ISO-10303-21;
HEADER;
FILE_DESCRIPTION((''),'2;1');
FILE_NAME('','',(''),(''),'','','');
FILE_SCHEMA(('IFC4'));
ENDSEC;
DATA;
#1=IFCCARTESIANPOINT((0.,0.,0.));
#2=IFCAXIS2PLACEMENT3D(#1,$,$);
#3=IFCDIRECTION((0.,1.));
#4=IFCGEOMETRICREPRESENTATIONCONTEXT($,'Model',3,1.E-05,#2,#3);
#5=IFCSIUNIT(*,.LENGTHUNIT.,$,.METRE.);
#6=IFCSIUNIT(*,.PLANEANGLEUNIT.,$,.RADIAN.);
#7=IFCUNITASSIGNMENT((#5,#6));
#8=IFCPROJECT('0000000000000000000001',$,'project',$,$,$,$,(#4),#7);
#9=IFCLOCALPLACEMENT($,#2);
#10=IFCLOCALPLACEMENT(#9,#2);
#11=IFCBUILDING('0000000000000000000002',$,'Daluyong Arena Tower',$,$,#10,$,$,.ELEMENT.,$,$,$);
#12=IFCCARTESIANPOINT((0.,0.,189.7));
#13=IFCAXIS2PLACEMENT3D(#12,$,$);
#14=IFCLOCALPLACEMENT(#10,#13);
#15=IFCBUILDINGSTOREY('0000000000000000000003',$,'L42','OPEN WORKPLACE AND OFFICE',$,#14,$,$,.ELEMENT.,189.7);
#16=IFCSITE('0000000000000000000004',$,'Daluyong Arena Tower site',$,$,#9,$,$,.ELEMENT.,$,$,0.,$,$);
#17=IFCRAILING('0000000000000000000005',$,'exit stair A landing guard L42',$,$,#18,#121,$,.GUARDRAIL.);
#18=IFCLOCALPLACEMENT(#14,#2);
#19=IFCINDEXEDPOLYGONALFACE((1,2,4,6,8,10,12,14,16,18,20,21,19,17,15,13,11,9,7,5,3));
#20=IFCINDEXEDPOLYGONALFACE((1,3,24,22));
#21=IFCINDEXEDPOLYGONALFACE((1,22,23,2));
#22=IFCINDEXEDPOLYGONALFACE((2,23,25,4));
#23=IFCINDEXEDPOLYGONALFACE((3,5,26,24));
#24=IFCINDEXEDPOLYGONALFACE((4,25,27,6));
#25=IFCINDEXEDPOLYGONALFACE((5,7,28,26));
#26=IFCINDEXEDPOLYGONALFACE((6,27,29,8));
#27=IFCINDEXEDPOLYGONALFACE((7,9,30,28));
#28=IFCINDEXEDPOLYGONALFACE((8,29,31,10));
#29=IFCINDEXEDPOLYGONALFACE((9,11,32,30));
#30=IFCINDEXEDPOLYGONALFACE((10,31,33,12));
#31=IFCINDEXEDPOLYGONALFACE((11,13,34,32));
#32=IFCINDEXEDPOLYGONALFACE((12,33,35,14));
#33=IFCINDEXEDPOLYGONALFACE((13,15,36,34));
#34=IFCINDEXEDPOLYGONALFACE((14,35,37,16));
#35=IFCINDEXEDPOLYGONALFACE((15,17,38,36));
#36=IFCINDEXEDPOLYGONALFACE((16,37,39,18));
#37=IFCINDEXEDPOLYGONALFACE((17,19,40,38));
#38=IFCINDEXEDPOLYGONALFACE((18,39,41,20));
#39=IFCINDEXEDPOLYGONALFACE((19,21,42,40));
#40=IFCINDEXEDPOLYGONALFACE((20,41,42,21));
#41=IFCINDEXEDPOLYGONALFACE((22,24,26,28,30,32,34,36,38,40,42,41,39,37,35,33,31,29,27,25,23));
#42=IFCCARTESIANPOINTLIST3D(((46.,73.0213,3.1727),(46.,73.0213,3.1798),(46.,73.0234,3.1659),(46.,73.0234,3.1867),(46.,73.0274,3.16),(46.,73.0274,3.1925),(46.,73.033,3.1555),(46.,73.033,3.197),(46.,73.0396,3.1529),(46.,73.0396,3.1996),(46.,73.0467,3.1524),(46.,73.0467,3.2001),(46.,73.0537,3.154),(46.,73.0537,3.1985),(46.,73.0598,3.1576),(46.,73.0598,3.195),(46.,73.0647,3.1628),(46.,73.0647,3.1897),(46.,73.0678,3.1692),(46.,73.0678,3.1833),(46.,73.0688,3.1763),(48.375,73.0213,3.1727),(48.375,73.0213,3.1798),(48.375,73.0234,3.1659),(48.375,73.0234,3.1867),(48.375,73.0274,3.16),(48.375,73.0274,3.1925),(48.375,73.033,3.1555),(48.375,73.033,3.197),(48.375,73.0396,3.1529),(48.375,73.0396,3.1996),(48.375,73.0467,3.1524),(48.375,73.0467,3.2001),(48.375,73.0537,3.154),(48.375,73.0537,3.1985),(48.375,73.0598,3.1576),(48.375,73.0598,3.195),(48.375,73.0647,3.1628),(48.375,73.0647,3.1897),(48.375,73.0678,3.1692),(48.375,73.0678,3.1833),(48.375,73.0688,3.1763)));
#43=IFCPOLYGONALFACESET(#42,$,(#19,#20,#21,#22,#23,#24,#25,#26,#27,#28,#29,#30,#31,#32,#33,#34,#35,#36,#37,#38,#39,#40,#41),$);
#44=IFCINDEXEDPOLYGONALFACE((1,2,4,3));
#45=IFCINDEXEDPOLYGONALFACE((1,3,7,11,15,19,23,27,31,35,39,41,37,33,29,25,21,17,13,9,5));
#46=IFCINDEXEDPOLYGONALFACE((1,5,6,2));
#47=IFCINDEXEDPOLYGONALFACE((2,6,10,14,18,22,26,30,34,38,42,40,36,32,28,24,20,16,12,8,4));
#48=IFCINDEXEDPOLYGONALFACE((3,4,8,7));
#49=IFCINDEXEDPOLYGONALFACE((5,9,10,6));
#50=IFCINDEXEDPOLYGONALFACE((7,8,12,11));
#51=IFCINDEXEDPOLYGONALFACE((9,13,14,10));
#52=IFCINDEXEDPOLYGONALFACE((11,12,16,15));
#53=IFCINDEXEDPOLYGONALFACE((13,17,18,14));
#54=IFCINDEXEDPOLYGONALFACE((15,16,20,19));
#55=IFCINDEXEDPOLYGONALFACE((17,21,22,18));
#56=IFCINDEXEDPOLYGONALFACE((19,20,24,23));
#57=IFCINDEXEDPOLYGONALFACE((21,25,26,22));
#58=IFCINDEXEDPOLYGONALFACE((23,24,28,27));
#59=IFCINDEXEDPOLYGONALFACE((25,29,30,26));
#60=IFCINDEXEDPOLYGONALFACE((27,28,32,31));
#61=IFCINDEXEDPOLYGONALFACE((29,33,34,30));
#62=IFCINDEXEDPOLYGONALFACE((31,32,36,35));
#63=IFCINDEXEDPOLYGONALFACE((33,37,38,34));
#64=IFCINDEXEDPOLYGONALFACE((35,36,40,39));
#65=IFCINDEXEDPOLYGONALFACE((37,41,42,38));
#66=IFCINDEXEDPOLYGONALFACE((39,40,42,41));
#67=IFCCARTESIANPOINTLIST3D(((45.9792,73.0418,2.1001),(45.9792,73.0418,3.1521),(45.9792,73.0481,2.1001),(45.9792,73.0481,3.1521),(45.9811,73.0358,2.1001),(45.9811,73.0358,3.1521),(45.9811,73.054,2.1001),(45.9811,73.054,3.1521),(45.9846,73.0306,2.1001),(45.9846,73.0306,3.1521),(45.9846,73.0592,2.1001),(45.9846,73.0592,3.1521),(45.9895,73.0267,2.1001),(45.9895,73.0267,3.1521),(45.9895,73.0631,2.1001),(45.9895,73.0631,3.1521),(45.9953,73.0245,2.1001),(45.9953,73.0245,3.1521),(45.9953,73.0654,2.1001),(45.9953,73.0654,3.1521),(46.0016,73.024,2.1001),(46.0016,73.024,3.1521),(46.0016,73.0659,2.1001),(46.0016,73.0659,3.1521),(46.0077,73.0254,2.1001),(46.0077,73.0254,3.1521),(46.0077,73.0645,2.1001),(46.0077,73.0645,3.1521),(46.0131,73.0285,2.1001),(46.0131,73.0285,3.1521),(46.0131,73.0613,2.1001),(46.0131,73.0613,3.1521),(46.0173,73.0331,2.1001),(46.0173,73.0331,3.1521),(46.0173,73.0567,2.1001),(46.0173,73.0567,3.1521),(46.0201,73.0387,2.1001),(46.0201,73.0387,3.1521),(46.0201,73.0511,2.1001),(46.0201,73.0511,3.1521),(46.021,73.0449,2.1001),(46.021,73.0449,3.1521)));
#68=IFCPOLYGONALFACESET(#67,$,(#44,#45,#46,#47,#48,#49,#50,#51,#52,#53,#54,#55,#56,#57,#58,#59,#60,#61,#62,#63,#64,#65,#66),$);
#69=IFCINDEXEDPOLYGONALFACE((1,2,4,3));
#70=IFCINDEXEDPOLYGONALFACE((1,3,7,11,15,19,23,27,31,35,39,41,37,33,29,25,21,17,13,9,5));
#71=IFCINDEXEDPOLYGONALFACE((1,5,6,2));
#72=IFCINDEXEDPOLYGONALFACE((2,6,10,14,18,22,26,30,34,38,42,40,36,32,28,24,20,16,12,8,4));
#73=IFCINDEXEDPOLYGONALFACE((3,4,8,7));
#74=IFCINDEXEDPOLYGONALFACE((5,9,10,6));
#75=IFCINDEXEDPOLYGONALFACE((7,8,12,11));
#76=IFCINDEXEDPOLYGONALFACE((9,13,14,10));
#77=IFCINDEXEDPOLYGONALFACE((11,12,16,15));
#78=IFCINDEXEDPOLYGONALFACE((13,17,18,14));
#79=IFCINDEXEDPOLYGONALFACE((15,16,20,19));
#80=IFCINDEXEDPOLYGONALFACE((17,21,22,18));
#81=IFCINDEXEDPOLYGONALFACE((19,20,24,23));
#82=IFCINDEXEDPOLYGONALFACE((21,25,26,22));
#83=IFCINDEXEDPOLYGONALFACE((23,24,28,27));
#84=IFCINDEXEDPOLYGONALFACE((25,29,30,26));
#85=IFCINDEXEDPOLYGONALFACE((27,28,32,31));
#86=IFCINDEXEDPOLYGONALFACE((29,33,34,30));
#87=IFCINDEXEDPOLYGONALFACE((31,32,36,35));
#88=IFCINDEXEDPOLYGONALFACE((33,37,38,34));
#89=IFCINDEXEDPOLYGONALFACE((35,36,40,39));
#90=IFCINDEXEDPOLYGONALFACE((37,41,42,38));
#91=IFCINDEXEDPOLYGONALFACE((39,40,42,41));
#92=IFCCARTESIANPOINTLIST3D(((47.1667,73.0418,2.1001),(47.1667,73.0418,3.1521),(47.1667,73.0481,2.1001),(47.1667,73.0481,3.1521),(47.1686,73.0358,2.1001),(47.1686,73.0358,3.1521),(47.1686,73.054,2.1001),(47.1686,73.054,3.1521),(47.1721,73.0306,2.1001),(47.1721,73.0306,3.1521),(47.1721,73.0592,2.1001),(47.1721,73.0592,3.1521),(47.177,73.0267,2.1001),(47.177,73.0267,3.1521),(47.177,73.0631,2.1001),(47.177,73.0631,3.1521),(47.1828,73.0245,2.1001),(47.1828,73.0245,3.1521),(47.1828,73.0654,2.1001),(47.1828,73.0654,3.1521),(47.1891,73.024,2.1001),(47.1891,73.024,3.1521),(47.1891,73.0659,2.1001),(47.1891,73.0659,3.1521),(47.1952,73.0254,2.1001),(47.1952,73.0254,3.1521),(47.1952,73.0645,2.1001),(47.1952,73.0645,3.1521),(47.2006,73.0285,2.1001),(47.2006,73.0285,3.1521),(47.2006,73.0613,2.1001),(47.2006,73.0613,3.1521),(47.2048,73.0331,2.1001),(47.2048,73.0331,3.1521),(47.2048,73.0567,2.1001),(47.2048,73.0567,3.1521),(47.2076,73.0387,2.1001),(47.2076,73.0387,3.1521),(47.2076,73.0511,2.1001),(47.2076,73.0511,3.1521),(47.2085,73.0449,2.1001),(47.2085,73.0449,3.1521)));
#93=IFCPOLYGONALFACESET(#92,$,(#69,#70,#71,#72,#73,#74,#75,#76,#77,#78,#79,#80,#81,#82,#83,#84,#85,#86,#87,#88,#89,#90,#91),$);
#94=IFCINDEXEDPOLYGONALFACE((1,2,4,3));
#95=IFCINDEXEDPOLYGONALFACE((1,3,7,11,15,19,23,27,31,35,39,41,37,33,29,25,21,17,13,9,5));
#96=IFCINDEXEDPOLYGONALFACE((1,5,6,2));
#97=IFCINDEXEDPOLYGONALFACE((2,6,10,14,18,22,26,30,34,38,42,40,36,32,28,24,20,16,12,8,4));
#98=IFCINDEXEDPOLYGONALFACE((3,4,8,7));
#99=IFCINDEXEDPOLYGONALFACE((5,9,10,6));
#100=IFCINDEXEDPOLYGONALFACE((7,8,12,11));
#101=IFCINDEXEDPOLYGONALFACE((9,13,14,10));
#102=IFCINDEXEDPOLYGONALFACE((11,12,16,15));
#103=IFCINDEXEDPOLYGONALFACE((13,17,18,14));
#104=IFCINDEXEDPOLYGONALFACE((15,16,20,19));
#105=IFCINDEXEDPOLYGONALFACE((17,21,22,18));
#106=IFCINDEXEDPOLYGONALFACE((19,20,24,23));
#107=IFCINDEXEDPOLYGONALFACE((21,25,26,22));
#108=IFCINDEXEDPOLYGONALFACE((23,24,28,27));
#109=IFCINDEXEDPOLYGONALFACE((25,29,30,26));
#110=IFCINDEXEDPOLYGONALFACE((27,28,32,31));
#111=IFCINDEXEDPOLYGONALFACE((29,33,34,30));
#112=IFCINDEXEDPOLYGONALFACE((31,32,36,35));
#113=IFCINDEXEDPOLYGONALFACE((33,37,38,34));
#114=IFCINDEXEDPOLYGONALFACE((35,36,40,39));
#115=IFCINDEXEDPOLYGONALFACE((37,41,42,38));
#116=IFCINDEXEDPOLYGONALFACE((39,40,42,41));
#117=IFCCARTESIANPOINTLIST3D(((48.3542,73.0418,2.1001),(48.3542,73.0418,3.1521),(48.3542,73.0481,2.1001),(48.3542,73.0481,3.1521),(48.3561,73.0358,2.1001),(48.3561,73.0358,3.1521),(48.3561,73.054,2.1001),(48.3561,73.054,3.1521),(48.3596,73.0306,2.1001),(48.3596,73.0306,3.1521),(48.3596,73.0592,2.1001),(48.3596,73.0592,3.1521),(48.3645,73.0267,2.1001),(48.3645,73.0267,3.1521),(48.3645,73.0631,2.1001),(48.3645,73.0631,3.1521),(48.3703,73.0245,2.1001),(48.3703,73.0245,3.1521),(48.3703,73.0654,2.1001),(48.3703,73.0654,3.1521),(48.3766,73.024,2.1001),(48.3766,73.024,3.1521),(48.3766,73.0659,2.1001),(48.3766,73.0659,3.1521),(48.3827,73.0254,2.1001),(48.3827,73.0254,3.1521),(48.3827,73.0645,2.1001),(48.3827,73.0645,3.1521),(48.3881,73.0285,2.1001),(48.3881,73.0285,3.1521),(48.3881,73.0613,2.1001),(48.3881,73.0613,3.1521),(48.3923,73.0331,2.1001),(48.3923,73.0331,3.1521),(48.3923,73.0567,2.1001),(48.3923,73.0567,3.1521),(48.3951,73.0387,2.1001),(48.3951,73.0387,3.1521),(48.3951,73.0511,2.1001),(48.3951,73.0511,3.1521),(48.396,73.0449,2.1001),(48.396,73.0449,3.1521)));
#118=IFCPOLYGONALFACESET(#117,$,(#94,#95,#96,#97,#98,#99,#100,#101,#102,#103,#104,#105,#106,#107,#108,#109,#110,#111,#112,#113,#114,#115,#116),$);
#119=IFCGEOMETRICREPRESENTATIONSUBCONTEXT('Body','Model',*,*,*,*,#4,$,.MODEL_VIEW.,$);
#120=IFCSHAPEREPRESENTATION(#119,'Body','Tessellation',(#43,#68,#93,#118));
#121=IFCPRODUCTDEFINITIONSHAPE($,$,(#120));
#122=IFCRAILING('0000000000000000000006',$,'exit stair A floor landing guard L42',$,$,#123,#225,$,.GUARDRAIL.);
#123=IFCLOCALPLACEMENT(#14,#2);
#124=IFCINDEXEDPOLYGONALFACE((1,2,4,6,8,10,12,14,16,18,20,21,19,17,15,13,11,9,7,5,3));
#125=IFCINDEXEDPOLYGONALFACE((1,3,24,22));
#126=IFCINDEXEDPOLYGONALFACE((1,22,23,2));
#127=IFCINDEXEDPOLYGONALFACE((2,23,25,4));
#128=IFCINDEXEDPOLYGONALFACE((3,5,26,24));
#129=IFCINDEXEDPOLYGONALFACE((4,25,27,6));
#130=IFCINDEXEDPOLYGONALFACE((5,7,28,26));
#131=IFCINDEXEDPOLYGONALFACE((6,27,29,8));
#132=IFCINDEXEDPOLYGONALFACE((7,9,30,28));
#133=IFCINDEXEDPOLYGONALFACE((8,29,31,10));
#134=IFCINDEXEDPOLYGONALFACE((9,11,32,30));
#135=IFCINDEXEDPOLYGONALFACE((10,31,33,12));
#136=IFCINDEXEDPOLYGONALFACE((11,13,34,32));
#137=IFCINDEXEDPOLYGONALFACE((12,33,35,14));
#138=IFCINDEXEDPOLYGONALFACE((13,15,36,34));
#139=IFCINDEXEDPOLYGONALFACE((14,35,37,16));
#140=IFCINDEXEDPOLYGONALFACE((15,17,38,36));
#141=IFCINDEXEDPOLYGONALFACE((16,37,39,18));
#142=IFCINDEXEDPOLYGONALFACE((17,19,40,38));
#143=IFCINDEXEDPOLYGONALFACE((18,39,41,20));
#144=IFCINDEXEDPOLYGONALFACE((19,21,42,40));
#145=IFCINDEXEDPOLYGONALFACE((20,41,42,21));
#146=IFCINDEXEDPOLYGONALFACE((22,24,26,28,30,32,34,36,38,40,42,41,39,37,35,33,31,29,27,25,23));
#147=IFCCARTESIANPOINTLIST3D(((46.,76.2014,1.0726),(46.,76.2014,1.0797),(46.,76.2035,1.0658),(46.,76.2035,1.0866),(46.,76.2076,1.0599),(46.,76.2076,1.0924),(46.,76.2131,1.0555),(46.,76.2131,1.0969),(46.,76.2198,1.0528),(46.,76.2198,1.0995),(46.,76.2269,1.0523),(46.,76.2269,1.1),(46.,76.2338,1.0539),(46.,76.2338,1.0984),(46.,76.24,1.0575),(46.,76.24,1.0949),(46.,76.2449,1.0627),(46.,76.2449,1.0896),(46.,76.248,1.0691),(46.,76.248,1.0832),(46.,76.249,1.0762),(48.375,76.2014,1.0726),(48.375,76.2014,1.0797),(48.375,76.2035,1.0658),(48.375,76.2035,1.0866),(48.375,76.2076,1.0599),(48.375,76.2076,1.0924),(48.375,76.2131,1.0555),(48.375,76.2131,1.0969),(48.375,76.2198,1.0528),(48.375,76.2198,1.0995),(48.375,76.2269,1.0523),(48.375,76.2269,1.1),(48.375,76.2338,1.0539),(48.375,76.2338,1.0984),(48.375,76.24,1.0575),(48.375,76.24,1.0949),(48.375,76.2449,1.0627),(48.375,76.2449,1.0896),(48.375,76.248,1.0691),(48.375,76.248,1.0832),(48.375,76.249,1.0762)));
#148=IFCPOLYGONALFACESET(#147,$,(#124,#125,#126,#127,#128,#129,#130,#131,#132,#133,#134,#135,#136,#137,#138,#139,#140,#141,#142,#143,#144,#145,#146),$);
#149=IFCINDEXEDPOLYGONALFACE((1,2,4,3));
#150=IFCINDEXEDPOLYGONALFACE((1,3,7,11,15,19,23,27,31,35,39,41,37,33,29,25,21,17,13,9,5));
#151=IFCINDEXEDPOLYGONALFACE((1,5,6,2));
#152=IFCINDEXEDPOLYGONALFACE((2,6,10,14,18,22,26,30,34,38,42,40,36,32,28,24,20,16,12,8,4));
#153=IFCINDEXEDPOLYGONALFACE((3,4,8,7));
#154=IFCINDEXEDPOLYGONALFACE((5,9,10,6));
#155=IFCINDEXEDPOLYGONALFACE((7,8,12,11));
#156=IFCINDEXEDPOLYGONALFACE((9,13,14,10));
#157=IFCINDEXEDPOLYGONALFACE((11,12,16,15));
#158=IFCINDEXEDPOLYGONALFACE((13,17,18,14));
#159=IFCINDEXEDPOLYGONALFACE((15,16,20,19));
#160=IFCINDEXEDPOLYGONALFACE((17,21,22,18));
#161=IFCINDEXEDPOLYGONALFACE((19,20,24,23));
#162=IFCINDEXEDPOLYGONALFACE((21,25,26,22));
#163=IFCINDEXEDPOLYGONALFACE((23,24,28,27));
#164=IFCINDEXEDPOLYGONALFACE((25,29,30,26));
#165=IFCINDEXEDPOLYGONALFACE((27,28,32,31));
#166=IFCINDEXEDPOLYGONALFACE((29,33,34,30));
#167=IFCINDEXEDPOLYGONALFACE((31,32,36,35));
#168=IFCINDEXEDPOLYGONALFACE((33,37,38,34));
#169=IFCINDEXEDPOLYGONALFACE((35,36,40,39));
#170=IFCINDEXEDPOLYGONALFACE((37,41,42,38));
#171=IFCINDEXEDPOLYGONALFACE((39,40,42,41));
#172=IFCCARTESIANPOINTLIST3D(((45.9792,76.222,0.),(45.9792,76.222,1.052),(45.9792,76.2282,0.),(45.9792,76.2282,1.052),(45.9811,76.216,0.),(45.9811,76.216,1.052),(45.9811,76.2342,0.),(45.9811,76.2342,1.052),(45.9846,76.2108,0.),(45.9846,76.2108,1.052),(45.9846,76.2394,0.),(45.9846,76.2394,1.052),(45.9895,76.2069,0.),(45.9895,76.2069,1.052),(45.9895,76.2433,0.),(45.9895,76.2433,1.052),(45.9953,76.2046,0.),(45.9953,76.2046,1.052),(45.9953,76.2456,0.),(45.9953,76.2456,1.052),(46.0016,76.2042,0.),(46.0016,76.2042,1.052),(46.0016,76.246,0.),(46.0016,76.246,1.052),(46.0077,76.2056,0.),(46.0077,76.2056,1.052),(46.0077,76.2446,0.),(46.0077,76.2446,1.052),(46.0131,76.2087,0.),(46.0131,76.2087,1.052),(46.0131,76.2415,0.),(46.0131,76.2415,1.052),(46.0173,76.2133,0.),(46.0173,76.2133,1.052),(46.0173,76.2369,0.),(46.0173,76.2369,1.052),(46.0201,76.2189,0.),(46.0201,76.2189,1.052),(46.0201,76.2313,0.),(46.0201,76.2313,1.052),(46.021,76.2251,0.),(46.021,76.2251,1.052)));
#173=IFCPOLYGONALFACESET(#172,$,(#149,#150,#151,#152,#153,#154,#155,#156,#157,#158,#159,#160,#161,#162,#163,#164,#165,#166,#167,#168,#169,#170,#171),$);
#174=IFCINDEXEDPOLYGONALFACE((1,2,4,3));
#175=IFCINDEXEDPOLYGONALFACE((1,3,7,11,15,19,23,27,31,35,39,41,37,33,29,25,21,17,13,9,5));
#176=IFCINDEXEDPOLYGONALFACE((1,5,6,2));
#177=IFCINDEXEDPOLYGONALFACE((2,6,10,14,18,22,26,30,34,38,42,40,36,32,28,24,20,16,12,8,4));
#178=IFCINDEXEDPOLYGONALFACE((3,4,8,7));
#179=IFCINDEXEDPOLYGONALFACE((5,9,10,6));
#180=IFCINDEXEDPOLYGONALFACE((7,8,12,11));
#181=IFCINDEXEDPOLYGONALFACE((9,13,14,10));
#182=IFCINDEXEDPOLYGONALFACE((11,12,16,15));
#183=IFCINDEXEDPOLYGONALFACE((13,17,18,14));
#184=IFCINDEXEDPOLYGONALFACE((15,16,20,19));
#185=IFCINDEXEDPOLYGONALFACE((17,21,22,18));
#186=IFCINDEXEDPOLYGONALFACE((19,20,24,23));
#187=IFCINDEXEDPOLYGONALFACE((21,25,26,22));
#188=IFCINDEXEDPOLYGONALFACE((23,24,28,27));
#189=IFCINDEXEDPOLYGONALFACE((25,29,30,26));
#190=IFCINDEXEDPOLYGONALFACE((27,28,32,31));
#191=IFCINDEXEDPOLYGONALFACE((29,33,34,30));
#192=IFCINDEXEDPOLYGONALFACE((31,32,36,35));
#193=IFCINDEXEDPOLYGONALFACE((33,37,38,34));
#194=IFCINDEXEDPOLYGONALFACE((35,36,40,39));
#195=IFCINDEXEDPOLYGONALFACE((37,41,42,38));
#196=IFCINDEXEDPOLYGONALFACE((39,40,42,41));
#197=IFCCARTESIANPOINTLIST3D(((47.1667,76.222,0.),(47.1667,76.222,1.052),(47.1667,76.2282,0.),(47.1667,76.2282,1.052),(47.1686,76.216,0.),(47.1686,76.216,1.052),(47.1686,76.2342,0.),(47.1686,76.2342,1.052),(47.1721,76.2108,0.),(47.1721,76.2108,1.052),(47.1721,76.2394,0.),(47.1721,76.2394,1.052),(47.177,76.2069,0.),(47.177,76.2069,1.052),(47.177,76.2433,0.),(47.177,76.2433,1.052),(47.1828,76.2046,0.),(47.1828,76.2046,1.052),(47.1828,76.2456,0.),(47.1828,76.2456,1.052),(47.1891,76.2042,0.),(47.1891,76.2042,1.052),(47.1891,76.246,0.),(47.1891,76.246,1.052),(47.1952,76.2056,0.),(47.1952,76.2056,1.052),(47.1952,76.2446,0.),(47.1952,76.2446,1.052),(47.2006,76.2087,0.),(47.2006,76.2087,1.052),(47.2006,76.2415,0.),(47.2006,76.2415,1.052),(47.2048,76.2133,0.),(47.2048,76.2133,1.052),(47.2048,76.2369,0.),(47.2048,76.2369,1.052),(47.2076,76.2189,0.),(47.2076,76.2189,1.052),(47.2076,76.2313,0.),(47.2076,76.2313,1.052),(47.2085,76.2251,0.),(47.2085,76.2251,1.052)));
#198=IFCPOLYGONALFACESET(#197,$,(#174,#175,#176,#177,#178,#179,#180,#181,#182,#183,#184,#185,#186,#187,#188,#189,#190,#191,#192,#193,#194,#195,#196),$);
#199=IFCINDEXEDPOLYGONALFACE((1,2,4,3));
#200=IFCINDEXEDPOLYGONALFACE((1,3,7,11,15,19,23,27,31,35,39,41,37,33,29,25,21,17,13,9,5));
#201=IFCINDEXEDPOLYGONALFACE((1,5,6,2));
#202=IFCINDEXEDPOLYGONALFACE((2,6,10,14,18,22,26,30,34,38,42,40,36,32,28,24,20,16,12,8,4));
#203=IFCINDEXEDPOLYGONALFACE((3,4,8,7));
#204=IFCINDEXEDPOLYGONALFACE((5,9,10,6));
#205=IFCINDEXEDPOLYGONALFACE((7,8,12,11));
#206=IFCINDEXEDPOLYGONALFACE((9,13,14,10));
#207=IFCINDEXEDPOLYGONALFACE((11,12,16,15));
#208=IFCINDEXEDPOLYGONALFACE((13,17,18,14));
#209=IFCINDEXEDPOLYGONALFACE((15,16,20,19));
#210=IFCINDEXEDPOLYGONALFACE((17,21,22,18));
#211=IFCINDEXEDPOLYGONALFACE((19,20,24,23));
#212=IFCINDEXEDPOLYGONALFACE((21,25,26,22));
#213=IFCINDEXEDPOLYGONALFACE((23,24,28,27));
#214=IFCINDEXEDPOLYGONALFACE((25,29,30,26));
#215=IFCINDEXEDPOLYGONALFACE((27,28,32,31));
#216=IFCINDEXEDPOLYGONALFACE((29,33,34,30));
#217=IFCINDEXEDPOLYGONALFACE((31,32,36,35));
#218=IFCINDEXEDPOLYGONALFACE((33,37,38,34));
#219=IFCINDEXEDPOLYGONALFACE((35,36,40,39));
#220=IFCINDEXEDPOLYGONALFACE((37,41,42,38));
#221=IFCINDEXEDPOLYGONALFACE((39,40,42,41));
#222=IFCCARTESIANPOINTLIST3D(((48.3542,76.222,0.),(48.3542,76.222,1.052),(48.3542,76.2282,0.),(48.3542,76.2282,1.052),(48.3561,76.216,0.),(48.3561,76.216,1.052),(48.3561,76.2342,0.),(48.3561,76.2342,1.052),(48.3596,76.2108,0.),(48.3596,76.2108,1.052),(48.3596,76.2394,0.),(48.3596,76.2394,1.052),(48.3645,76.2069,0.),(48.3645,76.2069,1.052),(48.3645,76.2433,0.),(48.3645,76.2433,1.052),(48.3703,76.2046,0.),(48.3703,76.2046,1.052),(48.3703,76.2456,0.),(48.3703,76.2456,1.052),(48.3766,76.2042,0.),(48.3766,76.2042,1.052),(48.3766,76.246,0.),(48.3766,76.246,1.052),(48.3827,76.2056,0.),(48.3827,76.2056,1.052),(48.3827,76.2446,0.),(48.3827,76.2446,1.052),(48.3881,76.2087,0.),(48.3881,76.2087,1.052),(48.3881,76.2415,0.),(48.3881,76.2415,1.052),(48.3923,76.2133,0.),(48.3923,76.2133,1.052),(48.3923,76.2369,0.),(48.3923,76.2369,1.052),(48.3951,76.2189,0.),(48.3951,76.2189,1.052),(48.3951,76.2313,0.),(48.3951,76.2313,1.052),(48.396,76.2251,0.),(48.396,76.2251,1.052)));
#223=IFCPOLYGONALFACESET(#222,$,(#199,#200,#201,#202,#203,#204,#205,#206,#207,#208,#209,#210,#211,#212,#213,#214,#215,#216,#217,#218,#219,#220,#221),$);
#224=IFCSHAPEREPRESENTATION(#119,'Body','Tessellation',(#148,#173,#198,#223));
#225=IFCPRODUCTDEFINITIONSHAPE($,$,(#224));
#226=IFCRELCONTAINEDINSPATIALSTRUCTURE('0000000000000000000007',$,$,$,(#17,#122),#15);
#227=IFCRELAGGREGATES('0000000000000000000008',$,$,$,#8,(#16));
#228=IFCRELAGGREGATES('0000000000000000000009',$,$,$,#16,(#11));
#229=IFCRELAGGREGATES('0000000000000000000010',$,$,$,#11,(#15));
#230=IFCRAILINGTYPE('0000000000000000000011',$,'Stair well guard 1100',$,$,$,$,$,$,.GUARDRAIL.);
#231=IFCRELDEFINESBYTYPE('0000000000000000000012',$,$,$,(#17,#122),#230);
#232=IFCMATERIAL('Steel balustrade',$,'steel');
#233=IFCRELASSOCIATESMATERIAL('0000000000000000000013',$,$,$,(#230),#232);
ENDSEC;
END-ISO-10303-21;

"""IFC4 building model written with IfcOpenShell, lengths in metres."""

from ifc_helpers import new_model, si_unit, direction, frame, origin, origin_2d, place, context, subcontext, project, spatial, circle, extrude, material, type_object, element, save


model = new_model("IFC4")

# Units and contexts
model_context = context("Model", 3, precision=1e-05, world=origin(), true_north=direction((0.0, 1.0)))
body_context = subcontext(model_context, "Body", "Model", "MODEL_VIEW")
ifc_project = project(units=[si_unit("LENGTHUNIT", "METRE"), si_unit("PLANEANGLEUNIT", "RADIAN")], contexts=[model_context])

# Site, building, storey
site_placement = place(None, origin())
site = spatial("IfcSite", under=ifc_project, at=site_placement, Name="Daluyong Arena Tower site", CompositionType="ELEMENT", RefElevation=0.0)
building_placement = place(site_placement, origin())
building = spatial("IfcBuilding", under=site, at=building_placement, Name="Daluyong Arena Tower", CompositionType="ELEMENT")
storey_placement = place(building_placement, frame((0.0, 0.0, 189.7)))
storey = spatial("IfcBuildingStorey", under=building, at=storey_placement, Name="L42", Description="OPEN WORKPLACE AND OFFICE", CompositionType="ELEMENT", Elevation=189.7)

# Railings
ifc_material_1 = material(Name="Steel balustrade", Category="steel")
railing_type_1 = type_object("IfcRailingType", Name="Stair well guard 1100", PredefinedType="GUARDRAIL", material=ifc_material_1)
for number, where, name in (
    (1, (46.0, 73.0449, 2.1001), "exit stair A landing guard L42"),
    (2, (46.0, 76.2251, 0.0), "exit stair A floor landing guard L42"),
):
    element("IfcRailing", number, at=place(storey_placement, frame(where)), inside=storey, type_object=railing_type_1, Name=name, PredefinedType="GUARDRAIL", context=body_context, shape_type="SweptSolid", body=[
        extrude(circle(Radius=0.0239, at=origin_2d()), frame((0.0, 0.0, 1.0762), z_axis=(1.0, 0.0, 0.0), x_axis=(0.0, 1.0, 0.0)), (0.0, 0.0, 1.0), 2.375),
        extrude(circle(Radius=0.021, at=origin_2d()), origin(), (0.0, 0.0, 1.0), 1.052),
        extrude(circle(Radius=0.021, at=origin_2d()), frame((1.1875, 0.0, 0.0)), (0.0, 0.0, 1.0), 1.052),
        extrude(circle(Radius=0.021, at=origin_2d()), frame((2.375, 0.0, 0.0)), (0.0, 0.0, 1.0), 1.052),
    ])

save(model, "model.ifc")
